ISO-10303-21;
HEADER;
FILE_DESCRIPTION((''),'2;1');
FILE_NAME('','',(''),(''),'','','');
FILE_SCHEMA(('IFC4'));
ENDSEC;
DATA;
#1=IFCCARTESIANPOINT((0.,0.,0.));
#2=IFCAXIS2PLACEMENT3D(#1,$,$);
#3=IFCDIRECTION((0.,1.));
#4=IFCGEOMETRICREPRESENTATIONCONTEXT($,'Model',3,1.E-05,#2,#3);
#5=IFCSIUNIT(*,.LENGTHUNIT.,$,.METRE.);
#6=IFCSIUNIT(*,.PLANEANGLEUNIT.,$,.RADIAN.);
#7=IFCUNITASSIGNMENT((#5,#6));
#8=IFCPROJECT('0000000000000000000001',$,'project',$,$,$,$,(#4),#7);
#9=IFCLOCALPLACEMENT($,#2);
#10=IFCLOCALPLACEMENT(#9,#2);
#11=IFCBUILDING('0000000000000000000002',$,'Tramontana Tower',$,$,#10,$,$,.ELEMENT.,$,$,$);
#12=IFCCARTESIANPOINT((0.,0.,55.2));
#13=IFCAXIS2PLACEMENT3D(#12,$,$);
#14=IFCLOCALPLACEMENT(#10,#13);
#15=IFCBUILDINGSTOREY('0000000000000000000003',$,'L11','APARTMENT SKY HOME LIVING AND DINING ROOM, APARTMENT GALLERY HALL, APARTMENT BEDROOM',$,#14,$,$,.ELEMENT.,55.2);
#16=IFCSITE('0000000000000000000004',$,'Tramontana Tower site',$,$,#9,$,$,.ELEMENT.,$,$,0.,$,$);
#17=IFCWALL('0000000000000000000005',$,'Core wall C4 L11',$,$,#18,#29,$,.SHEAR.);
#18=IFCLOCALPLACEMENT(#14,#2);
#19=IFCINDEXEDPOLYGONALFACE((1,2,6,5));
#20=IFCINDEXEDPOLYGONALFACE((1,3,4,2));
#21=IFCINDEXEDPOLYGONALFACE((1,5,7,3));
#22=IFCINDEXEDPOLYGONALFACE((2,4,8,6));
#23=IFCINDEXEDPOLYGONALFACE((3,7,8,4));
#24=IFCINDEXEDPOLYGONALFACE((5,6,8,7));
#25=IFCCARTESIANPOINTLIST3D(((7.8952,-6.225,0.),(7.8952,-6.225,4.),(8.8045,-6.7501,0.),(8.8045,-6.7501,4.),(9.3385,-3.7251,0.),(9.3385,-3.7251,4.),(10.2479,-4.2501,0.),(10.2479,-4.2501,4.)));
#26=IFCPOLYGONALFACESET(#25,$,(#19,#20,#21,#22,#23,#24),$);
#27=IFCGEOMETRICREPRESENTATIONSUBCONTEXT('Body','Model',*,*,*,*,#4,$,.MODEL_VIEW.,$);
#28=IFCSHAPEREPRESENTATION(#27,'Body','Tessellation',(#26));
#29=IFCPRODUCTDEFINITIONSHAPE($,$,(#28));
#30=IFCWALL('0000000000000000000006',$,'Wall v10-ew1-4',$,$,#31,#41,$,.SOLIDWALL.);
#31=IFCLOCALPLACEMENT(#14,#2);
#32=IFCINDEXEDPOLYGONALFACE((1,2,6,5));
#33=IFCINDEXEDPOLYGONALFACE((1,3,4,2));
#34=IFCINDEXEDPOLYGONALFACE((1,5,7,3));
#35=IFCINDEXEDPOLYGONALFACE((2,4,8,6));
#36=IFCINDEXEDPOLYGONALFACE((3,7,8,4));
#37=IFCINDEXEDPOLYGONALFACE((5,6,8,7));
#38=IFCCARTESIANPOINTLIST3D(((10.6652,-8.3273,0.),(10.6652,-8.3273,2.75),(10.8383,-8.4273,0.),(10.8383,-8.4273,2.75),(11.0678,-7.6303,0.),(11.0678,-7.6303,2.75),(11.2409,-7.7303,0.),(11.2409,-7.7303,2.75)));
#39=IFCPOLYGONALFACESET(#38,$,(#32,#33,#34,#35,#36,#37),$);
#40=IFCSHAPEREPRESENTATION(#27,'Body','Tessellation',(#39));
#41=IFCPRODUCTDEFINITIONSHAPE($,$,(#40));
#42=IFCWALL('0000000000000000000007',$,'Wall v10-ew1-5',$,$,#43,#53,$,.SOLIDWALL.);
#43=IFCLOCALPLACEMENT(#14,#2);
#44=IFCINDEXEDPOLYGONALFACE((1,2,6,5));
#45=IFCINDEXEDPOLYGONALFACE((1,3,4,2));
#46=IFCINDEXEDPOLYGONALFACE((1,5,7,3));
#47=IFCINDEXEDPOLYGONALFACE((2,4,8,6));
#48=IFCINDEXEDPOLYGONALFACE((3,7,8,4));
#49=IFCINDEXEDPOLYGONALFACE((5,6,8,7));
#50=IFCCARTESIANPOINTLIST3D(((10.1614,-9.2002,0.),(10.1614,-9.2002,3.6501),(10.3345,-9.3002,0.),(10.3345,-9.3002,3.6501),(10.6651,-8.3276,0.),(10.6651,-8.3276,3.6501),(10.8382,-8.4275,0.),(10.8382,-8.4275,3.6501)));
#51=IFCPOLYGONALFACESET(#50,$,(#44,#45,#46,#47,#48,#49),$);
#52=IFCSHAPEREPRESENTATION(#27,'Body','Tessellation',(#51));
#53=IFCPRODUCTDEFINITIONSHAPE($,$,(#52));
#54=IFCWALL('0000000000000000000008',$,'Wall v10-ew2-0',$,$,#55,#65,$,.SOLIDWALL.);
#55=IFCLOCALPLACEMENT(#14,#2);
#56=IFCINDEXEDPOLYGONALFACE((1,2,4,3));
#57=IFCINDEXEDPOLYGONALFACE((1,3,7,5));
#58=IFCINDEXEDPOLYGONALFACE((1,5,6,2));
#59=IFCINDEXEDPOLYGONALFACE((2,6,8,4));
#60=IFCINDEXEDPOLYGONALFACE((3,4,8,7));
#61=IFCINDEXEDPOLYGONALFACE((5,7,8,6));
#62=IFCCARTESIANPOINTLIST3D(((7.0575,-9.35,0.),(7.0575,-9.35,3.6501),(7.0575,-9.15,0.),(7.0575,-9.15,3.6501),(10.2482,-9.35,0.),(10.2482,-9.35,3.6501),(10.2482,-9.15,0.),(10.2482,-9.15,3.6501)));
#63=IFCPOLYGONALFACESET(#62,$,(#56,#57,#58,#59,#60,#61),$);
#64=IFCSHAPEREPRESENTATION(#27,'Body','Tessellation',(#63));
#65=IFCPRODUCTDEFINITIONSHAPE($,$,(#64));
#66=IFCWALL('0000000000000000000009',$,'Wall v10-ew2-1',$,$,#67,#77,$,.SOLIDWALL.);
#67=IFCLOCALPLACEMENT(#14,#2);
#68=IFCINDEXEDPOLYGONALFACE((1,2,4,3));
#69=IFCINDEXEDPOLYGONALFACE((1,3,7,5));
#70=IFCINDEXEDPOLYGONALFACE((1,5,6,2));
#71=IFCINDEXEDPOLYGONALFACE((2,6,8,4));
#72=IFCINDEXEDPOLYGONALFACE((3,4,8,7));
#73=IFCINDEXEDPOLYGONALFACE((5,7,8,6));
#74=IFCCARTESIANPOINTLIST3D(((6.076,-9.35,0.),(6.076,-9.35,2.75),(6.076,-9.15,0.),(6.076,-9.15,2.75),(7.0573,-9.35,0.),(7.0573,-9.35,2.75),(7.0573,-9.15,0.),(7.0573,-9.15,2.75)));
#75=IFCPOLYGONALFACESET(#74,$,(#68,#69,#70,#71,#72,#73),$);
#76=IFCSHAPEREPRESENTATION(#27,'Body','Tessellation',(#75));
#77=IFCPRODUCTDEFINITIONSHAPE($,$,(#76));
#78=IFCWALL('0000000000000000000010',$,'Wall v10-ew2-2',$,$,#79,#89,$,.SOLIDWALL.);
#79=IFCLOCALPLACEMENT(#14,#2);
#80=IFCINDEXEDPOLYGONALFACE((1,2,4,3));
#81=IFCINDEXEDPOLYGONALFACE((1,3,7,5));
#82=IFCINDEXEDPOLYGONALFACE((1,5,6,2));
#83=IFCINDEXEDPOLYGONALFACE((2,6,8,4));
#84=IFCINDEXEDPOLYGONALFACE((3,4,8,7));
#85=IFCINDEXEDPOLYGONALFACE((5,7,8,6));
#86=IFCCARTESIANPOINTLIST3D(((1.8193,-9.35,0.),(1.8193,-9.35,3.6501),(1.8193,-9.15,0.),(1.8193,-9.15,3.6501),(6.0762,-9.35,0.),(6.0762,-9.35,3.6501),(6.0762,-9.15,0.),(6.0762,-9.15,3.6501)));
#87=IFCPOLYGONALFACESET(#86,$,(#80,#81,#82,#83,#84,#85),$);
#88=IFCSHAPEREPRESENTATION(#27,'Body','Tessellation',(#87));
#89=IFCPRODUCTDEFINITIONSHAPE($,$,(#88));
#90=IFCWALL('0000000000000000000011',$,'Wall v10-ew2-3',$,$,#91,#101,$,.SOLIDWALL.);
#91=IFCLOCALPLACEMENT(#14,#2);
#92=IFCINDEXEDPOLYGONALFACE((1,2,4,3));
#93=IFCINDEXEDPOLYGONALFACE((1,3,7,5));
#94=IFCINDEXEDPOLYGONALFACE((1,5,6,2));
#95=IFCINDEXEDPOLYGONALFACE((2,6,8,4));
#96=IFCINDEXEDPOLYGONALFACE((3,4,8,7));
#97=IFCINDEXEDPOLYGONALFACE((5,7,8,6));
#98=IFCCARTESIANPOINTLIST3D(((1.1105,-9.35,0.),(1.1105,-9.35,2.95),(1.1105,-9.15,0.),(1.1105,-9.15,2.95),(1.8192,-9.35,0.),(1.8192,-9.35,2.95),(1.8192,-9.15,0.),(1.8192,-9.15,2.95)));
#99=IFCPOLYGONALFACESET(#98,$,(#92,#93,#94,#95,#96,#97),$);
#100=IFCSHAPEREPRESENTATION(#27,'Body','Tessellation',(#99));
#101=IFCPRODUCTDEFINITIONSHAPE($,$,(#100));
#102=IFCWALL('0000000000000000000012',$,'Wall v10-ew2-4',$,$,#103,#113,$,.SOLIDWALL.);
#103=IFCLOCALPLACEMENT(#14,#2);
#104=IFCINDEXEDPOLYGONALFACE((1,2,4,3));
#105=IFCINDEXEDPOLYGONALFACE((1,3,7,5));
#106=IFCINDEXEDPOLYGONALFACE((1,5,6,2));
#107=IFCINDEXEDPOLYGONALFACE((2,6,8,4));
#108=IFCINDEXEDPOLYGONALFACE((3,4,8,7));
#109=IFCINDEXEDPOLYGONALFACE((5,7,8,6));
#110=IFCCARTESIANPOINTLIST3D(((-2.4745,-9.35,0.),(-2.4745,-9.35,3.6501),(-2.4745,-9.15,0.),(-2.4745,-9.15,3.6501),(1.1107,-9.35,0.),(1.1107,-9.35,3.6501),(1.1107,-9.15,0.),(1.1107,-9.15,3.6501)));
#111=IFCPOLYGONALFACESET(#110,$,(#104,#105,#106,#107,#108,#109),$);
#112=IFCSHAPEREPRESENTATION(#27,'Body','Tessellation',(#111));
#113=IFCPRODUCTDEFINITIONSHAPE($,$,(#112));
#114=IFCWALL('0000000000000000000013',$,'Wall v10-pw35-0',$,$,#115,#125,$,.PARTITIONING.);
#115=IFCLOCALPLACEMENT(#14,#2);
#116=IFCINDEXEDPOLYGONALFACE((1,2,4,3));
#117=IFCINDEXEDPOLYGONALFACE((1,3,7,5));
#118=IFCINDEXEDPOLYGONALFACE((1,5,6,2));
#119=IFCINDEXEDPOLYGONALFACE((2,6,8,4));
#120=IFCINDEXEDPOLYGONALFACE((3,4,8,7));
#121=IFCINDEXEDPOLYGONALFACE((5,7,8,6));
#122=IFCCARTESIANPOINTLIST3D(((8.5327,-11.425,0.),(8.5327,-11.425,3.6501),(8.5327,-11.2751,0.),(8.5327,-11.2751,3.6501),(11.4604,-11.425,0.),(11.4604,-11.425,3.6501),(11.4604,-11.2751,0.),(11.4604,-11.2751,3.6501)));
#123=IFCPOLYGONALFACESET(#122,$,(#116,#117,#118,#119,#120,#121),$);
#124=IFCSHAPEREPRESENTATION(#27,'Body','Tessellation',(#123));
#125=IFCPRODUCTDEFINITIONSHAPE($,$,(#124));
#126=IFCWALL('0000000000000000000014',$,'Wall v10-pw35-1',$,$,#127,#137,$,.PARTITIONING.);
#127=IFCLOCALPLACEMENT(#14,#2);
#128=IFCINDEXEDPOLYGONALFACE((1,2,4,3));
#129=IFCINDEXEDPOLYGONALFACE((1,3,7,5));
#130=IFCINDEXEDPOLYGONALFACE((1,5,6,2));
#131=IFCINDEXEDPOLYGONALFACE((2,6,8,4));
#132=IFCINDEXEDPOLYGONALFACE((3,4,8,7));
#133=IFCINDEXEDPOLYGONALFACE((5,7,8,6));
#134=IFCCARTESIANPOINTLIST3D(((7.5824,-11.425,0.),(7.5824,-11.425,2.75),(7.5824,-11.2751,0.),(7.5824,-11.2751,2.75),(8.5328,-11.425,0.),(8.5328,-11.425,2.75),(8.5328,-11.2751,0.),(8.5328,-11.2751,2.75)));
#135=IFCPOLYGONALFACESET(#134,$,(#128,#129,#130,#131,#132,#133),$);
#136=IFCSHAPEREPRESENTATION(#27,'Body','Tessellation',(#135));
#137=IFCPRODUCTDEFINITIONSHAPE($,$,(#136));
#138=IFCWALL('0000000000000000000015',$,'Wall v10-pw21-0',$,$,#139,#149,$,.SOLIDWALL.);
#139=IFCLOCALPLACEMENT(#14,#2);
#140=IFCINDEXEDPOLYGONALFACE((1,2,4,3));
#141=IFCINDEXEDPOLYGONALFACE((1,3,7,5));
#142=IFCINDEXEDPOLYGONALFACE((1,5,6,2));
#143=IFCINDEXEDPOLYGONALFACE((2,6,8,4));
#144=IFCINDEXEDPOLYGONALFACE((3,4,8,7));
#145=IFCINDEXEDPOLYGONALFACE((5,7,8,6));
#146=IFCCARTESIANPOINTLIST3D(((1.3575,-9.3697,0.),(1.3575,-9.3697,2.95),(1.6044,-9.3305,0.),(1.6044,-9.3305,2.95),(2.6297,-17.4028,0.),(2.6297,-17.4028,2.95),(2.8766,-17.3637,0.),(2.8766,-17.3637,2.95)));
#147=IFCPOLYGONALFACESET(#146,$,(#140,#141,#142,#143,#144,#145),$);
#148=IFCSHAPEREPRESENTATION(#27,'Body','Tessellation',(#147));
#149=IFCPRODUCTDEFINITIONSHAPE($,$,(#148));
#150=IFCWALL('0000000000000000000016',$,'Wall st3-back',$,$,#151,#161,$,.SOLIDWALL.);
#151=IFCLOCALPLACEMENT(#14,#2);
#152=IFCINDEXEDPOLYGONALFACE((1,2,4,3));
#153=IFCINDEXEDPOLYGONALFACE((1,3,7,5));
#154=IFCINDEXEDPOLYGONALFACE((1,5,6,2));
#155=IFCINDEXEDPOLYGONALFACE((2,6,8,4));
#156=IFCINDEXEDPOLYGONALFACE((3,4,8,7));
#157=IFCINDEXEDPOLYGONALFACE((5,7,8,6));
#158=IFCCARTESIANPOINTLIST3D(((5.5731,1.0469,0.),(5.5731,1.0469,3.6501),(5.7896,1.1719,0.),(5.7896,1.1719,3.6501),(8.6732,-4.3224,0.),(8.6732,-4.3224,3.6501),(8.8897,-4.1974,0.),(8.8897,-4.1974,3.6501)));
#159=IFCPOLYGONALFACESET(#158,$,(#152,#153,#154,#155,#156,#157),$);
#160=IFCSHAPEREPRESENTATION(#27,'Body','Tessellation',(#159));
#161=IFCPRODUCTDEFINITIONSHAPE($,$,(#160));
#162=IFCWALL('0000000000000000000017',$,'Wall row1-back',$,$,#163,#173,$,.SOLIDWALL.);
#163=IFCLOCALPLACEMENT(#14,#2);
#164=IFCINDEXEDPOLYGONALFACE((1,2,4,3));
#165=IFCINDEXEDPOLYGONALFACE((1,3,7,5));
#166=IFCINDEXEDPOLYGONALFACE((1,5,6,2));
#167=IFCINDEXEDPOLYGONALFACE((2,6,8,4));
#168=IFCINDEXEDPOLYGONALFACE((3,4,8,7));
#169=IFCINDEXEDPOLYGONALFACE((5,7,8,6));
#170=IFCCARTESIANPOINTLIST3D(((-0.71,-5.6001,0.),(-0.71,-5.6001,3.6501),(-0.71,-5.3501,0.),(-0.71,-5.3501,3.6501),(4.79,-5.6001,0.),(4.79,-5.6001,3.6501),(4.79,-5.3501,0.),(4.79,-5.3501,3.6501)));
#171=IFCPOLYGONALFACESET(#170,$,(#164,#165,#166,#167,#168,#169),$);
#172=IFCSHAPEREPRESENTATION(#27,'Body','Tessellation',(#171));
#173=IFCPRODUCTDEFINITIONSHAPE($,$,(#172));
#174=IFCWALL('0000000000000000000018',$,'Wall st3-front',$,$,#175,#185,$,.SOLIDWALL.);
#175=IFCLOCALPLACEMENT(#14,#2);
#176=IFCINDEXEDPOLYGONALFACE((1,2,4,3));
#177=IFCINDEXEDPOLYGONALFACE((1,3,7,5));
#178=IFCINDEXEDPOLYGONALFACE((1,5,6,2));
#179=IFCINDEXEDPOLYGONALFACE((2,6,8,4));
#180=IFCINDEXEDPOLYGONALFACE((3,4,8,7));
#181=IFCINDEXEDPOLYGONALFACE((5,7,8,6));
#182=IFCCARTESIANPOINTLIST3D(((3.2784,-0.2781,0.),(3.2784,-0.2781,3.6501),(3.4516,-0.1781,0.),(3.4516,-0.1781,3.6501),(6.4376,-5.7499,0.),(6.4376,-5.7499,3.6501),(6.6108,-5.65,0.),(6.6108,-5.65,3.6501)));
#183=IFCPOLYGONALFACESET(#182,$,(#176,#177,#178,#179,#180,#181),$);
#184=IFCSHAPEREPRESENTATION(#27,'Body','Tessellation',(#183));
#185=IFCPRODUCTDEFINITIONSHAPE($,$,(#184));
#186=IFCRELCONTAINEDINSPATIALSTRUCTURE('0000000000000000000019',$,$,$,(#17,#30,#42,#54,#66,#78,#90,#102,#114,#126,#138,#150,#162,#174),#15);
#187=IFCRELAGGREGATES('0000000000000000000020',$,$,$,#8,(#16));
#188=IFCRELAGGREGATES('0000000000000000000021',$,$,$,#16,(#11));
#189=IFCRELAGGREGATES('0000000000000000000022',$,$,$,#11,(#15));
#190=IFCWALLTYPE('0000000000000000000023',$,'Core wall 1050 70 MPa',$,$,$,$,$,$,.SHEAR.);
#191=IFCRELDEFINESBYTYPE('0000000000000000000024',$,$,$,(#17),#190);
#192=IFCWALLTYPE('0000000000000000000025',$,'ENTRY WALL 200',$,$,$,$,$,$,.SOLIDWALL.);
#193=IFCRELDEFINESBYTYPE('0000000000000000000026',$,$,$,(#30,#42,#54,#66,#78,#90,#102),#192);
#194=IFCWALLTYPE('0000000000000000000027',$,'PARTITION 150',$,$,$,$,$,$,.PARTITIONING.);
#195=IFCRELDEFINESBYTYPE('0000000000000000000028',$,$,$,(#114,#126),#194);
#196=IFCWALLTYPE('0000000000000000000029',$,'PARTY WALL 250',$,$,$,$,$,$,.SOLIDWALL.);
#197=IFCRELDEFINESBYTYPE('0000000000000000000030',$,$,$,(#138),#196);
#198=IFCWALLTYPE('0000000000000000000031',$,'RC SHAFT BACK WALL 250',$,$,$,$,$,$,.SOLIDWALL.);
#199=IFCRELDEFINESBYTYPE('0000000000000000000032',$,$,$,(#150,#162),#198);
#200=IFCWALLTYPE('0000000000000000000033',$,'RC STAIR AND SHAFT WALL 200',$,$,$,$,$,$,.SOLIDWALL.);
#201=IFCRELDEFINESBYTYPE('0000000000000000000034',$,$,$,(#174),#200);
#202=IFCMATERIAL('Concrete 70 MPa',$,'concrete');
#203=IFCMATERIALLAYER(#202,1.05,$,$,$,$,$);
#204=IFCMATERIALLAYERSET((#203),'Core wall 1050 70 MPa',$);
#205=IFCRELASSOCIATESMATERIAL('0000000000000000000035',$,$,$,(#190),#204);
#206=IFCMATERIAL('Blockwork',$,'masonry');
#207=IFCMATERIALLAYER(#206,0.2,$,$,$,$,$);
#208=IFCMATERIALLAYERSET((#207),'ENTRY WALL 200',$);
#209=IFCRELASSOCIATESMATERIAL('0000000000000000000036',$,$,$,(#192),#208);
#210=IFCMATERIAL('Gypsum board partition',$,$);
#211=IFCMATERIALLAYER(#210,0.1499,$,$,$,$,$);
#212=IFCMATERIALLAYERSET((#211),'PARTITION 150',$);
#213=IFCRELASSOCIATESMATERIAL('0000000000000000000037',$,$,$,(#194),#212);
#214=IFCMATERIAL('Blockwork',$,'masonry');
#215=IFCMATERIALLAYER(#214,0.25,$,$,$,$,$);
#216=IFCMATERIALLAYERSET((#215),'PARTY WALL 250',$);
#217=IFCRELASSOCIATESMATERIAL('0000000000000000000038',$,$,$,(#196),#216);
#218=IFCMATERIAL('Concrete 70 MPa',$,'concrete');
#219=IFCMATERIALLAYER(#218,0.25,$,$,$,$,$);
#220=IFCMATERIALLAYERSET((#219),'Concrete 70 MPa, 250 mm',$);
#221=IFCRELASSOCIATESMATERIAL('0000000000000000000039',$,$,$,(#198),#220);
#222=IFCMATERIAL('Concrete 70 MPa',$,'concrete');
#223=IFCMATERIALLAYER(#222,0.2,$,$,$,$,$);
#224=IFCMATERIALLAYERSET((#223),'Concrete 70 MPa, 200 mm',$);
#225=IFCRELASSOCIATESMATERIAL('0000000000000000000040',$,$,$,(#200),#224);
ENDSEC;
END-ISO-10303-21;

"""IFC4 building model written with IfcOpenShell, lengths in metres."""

from ifc_helpers import new_model, si_unit, direction, frame, frame_2d, origin, place, context, subcontext, project, spatial, rectangle, extrude, material, layer, layer_set, type_object, element, save


model = new_model("IFC4")

# Units and contexts
model_context = context("Model", 3, precision=1e-05, world=origin(), true_north=direction((0.0, 1.0)))
body_context = subcontext(model_context, "Body", "Model", "MODEL_VIEW")
ifc_project = project(units=[si_unit("LENGTHUNIT", "METRE"), si_unit("PLANEANGLEUNIT", "RADIAN")], contexts=[model_context])

# Site, building, storey
site_placement = place(None, origin())
site = spatial("IfcSite", under=ifc_project, at=site_placement, Name="Tramontana Tower site", CompositionType="ELEMENT", RefElevation=0.0)
building_placement = place(site_placement, origin())
building = spatial("IfcBuilding", under=site, at=building_placement, Name="Tramontana Tower", CompositionType="ELEMENT")
storey_placement = place(building_placement, frame((0.0, 0.0, 55.2)))
storey = spatial("IfcBuildingStorey", under=building, at=storey_placement, Name="L11", Description="APARTMENT SKY HOME LIVING AND DINING ROOM, APARTMENT GALLERY HALL, APARTMENT BEDROOM", CompositionType="ELEMENT", Elevation=55.2)

# Wall
ifc_material_1 = material(Name="Concrete 70 MPa", Category="concrete")
ifc_layer_1 = layer(ifc_material_1, 1.05)
ifc_layer_set_1 = layer_set([ifc_layer_1], Name="Core wall 1050 70 MPa")
wall_type_1 = type_object("IfcWallType", Name="Core wall 1050 70 MPa", PredefinedType="SHEAR", material=ifc_layer_set_1)
wall_1_placement = place(storey_placement, frame((8.3499, -6.4875, 0.0), z_axis=(0.0, 0.0, 1.0), x_axis=(0.499996, 0.866028, 0.0)))
element("IfcWall", 1, at=wall_1_placement, inside=storey, type_object=wall_type_1, Name="Core wall C4 L11", PredefinedType="SHEAR", context=body_context, shape_type="SweptSolid", body=[
    extrude(rectangle(XDim=2.8867, YDim=1.05, at=frame_2d((1.4434, 0.0))), origin(), (0.0, 0.0, 1.0), 4.0),
])

# Walls
ifc_material_2 = material(Name="Blockwork", Category="masonry")
ifc_layer_2 = layer(ifc_material_2, 0.2)
ifc_layer_set_2 = layer_set([ifc_layer_2], Name="ENTRY WALL 200")
wall_type_2 = type_object("IfcWallType", Name="ENTRY WALL 200", PredefinedType="SOLIDWALL", material=ifc_layer_set_2)
wall_2_placement = place(storey_placement, frame((11.1543, -7.6804, 0.0), z_axis=(0.0, 0.0, 1.0), x_axis=(-0.500151, -0.865938, 0.0)))
element("IfcWall", 2, at=wall_2_placement, inside=storey, type_object=wall_type_2, Name="Wall v10-ew1-4", PredefinedType="SOLIDWALL", context=body_context, shape_type="SweptSolid", body=[
    extrude(rectangle(XDim=0.8049, YDim=0.2, at=frame_2d((0.4023, 0.0))), origin(), (0.0, 0.0, 1.0), 2.75),
])
wall_3_placement = place(storey_placement, frame((10.7517, -8.3774, 0.0), z_axis=(0.0, 0.0, 1.0), x_axis=(-0.499918, -0.866073, 0.0)))
element("IfcWall", 3, at=wall_3_placement, inside=storey, type_object=wall_type_2, Name="Wall v10-ew1-5", PredefinedType="SOLIDWALL", context=body_context, shape_type="SweptSolid", body=[
    extrude(rectangle(XDim=1.0076, YDim=0.2, at=frame_2d((0.5039, 0.0))), origin(), (0.0, 0.0, 1.0), 3.6501),
])
wall_4_placement = place(storey_placement, frame((10.248, -9.25, 0.0), z_axis=(0.0, 0.0, 1.0), x_axis=(-1.0, 0.0, 0.0)))
element("IfcWall", 4, at=wall_4_placement, inside=storey, type_object=wall_type_2, Name="Wall v10-ew2-0", PredefinedType="SOLIDWALL", context=body_context, shape_type="SweptSolid", body=[
    extrude(rectangle(XDim=3.1907, YDim=0.2, at=frame_2d((1.5952, 0.0))), origin(), (0.0, 0.0, 1.0), 3.6501),
])
wall_5_placement = place(storey_placement, frame((7.0574, -9.25, 0.0), z_axis=(0.0, 0.0, 1.0), x_axis=(-1.0, 0.0, 0.0)))
element("IfcWall", 5, at=wall_5_placement, inside=storey, type_object=wall_type_2, Name="Wall v10-ew2-1", PredefinedType="SOLIDWALL", context=body_context, shape_type="SweptSolid", body=[
    extrude(rectangle(XDim=0.9812, YDim=0.2, at=frame_2d((0.4907, 0.0))), origin(), (0.0, 0.0, 1.0), 2.75),
])
wall_6_placement = place(storey_placement, frame((6.0762, -9.25, 0.0), z_axis=(0.0, 0.0, 1.0), x_axis=(-1.0, 0.0, 0.0)))
element("IfcWall", 6, at=wall_6_placement, inside=storey, type_object=wall_type_2, Name="Wall v10-ew2-2", PredefinedType="SOLIDWALL", context=body_context, shape_type="SweptSolid", body=[
    extrude(rectangle(XDim=4.2568, YDim=0.2, at=frame_2d((2.1284, 0.0))), origin(), (0.0, 0.0, 1.0), 3.6501),
])
wall_7_placement = place(storey_placement, frame((1.8193, -9.25, 0.0), z_axis=(0.0, 0.0, 1.0), x_axis=(-1.0, 0.0, 0.0)))
element("IfcWall", 7, at=wall_7_placement, inside=storey, type_object=wall_type_2, Name="Wall v10-ew2-3", PredefinedType="SOLIDWALL", context=body_context, shape_type="SweptSolid", body=[
    extrude(rectangle(XDim=0.7087, YDim=0.2, at=frame_2d((0.3545, 0.0))), origin(), (0.0, 0.0, 1.0), 2.95),
])
wall_8_placement = place(storey_placement, frame((1.1106, -9.25, 0.0), z_axis=(0.0, 0.0, 1.0), x_axis=(-1.0, 0.0, 0.0)))
element("IfcWall", 8, at=wall_8_placement, inside=storey, type_object=wall_type_2, Name="Wall v10-ew2-4", PredefinedType="SOLIDWALL", context=body_context, shape_type="SweptSolid", body=[
    extrude(rectangle(XDim=3.5852, YDim=0.2, at=frame_2d((1.7925, 0.0))), origin(), (0.0, 0.0, 1.0), 3.6501),
])
ifc_material_3 = material(Name="Gypsum board partition")
ifc_layer_3 = layer(ifc_material_3, 0.1499)
ifc_layer_set_3 = layer_set([ifc_layer_3], Name="PARTITION 150")
wall_type_3 = type_object("IfcWallType", Name="PARTITION 150", PredefinedType="PARTITIONING", material=ifc_layer_set_3)
wall_9_placement = place(storey_placement, frame((11.4604, -11.3501, 0.0), z_axis=(0.0, 0.0, 1.0), x_axis=(-1.0, 0.0, 0.0)))
element("IfcWall", 9, at=wall_9_placement, inside=storey, type_object=wall_type_3, Name="Wall v10-pw35-0", PredefinedType="PARTITIONING", context=body_context, shape_type="SweptSolid", body=[
    extrude(rectangle(XDim=2.9277, YDim=0.1499, at=frame_2d((1.4639, 0.0))), origin(), (0.0, 0.0, 1.0), 3.6501),
])
wall_10_placement = place(storey_placement, frame((8.5327, -11.3501, 0.0), z_axis=(0.0, 0.0, 1.0), x_axis=(-1.0, 0.0, 0.0)))
element("IfcWall", 10, at=wall_10_placement, inside=storey, type_object=wall_type_3, Name="Wall v10-pw35-1", PredefinedType="PARTITIONING", context=body_context, shape_type="SweptSolid", body=[
    extrude(rectangle(XDim=0.9504, YDim=0.1499, at=frame_2d((0.4751, 0.0))), origin(), (0.0, 0.0, 1.0), 2.75),
])
ifc_material_4 = material(Name="Blockwork", Category="masonry")
ifc_layer_4 = layer(ifc_material_4, 0.25)
ifc_layer_set_4 = layer_set([ifc_layer_4], Name="PARTY WALL 250")
wall_type_4 = type_object("IfcWallType", Name="PARTY WALL 250", PredefinedType="SOLIDWALL", material=ifc_layer_set_4)
wall_11_placement = place(storey_placement, frame((1.481, -9.3501, 0.0), z_axis=(0.0, 0.0, 1.0), x_axis=(0.15642, -0.987691, 0.0)))
element("IfcWall", 11, at=wall_11_placement, inside=storey, type_object=wall_type_4, Name="Wall v10-pw21-0", PredefinedType="SOLIDWALL", context=body_context, shape_type="SweptSolid", body=[
    extrude(rectangle(XDim=8.1333, YDim=0.25, at=frame_2d((4.0667, 0.0))), origin(), (0.0, 0.0, 1.0), 2.95),
])
ifc_material_5 = material(Name="Concrete 70 MPa", Category="concrete")
ifc_layer_5 = layer(ifc_material_5, 0.25)
ifc_layer_set_5 = layer_set([ifc_layer_5], Name="Concrete 70 MPa, 250 mm")
wall_type_5 = type_object("IfcWallType", Name="RC SHAFT BACK WALL 250", PredefinedType="SOLIDWALL", material=ifc_layer_set_5)
wall_12_placement = place(storey_placement, frame((8.7815, -4.26, 0.0), z_axis=(0.0, 0.0, 1.0), x_axis=(-0.50001, 0.86602, 0.0)))
element("IfcWall", 12, at=wall_12_placement, inside=storey, type_object=wall_type_5, Name="Wall st3-back", PredefinedType="SOLIDWALL", context=body_context, shape_type="SweptSolid", body=[
    extrude(rectangle(XDim=6.2, YDim=0.25, at=frame_2d((3.1001, 0.0))), origin(), (0.0, 0.0, 1.0), 3.6501),
])
wall_13_placement = place(storey_placement, frame((-0.71, -5.4751, 0.0), z_axis=(0.0, 0.0, 1.0), x_axis=(1.0, 0.0, 0.0)))
element("IfcWall", 13, at=wall_13_placement, inside=storey, type_object=wall_type_5, Name="Wall row1-back", PredefinedType="SOLIDWALL", context=body_context, shape_type="SweptSolid", body=[
    extrude(rectangle(XDim=5.5, YDim=0.25, at=frame_2d((2.75, 0.0))), origin(), (0.0, 0.0, 1.0), 3.6501),
])
ifc_material_6 = material(Name="Concrete 70 MPa", Category="concrete")
ifc_layer_6 = layer(ifc_material_6, 0.2)
ifc_layer_set_6 = layer_set([ifc_layer_6], Name="Concrete 70 MPa, 200 mm")
wall_type_6 = type_object("IfcWallType", Name="RC STAIR AND SHAFT WALL 200", PredefinedType="SOLIDWALL", material=ifc_layer_set_6)
wall_14_placement = place(storey_placement, frame((6.5242, -5.7, 0.0), z_axis=(0.0, 0.0, 1.0), x_axis=(-0.499996, 0.866028, 0.0)))
element("IfcWall", 14, at=wall_14_placement, inside=storey, type_object=wall_type_6, Name="Wall st3-front", PredefinedType="SOLIDWALL", context=body_context, shape_type="SweptSolid", body=[
    extrude(rectangle(XDim=6.3184, YDim=0.2, at=frame_2d((3.1592, 0.0))), origin(), (0.0, 0.0, 1.0), 3.6501),
])

save(model, "model.ifc")
